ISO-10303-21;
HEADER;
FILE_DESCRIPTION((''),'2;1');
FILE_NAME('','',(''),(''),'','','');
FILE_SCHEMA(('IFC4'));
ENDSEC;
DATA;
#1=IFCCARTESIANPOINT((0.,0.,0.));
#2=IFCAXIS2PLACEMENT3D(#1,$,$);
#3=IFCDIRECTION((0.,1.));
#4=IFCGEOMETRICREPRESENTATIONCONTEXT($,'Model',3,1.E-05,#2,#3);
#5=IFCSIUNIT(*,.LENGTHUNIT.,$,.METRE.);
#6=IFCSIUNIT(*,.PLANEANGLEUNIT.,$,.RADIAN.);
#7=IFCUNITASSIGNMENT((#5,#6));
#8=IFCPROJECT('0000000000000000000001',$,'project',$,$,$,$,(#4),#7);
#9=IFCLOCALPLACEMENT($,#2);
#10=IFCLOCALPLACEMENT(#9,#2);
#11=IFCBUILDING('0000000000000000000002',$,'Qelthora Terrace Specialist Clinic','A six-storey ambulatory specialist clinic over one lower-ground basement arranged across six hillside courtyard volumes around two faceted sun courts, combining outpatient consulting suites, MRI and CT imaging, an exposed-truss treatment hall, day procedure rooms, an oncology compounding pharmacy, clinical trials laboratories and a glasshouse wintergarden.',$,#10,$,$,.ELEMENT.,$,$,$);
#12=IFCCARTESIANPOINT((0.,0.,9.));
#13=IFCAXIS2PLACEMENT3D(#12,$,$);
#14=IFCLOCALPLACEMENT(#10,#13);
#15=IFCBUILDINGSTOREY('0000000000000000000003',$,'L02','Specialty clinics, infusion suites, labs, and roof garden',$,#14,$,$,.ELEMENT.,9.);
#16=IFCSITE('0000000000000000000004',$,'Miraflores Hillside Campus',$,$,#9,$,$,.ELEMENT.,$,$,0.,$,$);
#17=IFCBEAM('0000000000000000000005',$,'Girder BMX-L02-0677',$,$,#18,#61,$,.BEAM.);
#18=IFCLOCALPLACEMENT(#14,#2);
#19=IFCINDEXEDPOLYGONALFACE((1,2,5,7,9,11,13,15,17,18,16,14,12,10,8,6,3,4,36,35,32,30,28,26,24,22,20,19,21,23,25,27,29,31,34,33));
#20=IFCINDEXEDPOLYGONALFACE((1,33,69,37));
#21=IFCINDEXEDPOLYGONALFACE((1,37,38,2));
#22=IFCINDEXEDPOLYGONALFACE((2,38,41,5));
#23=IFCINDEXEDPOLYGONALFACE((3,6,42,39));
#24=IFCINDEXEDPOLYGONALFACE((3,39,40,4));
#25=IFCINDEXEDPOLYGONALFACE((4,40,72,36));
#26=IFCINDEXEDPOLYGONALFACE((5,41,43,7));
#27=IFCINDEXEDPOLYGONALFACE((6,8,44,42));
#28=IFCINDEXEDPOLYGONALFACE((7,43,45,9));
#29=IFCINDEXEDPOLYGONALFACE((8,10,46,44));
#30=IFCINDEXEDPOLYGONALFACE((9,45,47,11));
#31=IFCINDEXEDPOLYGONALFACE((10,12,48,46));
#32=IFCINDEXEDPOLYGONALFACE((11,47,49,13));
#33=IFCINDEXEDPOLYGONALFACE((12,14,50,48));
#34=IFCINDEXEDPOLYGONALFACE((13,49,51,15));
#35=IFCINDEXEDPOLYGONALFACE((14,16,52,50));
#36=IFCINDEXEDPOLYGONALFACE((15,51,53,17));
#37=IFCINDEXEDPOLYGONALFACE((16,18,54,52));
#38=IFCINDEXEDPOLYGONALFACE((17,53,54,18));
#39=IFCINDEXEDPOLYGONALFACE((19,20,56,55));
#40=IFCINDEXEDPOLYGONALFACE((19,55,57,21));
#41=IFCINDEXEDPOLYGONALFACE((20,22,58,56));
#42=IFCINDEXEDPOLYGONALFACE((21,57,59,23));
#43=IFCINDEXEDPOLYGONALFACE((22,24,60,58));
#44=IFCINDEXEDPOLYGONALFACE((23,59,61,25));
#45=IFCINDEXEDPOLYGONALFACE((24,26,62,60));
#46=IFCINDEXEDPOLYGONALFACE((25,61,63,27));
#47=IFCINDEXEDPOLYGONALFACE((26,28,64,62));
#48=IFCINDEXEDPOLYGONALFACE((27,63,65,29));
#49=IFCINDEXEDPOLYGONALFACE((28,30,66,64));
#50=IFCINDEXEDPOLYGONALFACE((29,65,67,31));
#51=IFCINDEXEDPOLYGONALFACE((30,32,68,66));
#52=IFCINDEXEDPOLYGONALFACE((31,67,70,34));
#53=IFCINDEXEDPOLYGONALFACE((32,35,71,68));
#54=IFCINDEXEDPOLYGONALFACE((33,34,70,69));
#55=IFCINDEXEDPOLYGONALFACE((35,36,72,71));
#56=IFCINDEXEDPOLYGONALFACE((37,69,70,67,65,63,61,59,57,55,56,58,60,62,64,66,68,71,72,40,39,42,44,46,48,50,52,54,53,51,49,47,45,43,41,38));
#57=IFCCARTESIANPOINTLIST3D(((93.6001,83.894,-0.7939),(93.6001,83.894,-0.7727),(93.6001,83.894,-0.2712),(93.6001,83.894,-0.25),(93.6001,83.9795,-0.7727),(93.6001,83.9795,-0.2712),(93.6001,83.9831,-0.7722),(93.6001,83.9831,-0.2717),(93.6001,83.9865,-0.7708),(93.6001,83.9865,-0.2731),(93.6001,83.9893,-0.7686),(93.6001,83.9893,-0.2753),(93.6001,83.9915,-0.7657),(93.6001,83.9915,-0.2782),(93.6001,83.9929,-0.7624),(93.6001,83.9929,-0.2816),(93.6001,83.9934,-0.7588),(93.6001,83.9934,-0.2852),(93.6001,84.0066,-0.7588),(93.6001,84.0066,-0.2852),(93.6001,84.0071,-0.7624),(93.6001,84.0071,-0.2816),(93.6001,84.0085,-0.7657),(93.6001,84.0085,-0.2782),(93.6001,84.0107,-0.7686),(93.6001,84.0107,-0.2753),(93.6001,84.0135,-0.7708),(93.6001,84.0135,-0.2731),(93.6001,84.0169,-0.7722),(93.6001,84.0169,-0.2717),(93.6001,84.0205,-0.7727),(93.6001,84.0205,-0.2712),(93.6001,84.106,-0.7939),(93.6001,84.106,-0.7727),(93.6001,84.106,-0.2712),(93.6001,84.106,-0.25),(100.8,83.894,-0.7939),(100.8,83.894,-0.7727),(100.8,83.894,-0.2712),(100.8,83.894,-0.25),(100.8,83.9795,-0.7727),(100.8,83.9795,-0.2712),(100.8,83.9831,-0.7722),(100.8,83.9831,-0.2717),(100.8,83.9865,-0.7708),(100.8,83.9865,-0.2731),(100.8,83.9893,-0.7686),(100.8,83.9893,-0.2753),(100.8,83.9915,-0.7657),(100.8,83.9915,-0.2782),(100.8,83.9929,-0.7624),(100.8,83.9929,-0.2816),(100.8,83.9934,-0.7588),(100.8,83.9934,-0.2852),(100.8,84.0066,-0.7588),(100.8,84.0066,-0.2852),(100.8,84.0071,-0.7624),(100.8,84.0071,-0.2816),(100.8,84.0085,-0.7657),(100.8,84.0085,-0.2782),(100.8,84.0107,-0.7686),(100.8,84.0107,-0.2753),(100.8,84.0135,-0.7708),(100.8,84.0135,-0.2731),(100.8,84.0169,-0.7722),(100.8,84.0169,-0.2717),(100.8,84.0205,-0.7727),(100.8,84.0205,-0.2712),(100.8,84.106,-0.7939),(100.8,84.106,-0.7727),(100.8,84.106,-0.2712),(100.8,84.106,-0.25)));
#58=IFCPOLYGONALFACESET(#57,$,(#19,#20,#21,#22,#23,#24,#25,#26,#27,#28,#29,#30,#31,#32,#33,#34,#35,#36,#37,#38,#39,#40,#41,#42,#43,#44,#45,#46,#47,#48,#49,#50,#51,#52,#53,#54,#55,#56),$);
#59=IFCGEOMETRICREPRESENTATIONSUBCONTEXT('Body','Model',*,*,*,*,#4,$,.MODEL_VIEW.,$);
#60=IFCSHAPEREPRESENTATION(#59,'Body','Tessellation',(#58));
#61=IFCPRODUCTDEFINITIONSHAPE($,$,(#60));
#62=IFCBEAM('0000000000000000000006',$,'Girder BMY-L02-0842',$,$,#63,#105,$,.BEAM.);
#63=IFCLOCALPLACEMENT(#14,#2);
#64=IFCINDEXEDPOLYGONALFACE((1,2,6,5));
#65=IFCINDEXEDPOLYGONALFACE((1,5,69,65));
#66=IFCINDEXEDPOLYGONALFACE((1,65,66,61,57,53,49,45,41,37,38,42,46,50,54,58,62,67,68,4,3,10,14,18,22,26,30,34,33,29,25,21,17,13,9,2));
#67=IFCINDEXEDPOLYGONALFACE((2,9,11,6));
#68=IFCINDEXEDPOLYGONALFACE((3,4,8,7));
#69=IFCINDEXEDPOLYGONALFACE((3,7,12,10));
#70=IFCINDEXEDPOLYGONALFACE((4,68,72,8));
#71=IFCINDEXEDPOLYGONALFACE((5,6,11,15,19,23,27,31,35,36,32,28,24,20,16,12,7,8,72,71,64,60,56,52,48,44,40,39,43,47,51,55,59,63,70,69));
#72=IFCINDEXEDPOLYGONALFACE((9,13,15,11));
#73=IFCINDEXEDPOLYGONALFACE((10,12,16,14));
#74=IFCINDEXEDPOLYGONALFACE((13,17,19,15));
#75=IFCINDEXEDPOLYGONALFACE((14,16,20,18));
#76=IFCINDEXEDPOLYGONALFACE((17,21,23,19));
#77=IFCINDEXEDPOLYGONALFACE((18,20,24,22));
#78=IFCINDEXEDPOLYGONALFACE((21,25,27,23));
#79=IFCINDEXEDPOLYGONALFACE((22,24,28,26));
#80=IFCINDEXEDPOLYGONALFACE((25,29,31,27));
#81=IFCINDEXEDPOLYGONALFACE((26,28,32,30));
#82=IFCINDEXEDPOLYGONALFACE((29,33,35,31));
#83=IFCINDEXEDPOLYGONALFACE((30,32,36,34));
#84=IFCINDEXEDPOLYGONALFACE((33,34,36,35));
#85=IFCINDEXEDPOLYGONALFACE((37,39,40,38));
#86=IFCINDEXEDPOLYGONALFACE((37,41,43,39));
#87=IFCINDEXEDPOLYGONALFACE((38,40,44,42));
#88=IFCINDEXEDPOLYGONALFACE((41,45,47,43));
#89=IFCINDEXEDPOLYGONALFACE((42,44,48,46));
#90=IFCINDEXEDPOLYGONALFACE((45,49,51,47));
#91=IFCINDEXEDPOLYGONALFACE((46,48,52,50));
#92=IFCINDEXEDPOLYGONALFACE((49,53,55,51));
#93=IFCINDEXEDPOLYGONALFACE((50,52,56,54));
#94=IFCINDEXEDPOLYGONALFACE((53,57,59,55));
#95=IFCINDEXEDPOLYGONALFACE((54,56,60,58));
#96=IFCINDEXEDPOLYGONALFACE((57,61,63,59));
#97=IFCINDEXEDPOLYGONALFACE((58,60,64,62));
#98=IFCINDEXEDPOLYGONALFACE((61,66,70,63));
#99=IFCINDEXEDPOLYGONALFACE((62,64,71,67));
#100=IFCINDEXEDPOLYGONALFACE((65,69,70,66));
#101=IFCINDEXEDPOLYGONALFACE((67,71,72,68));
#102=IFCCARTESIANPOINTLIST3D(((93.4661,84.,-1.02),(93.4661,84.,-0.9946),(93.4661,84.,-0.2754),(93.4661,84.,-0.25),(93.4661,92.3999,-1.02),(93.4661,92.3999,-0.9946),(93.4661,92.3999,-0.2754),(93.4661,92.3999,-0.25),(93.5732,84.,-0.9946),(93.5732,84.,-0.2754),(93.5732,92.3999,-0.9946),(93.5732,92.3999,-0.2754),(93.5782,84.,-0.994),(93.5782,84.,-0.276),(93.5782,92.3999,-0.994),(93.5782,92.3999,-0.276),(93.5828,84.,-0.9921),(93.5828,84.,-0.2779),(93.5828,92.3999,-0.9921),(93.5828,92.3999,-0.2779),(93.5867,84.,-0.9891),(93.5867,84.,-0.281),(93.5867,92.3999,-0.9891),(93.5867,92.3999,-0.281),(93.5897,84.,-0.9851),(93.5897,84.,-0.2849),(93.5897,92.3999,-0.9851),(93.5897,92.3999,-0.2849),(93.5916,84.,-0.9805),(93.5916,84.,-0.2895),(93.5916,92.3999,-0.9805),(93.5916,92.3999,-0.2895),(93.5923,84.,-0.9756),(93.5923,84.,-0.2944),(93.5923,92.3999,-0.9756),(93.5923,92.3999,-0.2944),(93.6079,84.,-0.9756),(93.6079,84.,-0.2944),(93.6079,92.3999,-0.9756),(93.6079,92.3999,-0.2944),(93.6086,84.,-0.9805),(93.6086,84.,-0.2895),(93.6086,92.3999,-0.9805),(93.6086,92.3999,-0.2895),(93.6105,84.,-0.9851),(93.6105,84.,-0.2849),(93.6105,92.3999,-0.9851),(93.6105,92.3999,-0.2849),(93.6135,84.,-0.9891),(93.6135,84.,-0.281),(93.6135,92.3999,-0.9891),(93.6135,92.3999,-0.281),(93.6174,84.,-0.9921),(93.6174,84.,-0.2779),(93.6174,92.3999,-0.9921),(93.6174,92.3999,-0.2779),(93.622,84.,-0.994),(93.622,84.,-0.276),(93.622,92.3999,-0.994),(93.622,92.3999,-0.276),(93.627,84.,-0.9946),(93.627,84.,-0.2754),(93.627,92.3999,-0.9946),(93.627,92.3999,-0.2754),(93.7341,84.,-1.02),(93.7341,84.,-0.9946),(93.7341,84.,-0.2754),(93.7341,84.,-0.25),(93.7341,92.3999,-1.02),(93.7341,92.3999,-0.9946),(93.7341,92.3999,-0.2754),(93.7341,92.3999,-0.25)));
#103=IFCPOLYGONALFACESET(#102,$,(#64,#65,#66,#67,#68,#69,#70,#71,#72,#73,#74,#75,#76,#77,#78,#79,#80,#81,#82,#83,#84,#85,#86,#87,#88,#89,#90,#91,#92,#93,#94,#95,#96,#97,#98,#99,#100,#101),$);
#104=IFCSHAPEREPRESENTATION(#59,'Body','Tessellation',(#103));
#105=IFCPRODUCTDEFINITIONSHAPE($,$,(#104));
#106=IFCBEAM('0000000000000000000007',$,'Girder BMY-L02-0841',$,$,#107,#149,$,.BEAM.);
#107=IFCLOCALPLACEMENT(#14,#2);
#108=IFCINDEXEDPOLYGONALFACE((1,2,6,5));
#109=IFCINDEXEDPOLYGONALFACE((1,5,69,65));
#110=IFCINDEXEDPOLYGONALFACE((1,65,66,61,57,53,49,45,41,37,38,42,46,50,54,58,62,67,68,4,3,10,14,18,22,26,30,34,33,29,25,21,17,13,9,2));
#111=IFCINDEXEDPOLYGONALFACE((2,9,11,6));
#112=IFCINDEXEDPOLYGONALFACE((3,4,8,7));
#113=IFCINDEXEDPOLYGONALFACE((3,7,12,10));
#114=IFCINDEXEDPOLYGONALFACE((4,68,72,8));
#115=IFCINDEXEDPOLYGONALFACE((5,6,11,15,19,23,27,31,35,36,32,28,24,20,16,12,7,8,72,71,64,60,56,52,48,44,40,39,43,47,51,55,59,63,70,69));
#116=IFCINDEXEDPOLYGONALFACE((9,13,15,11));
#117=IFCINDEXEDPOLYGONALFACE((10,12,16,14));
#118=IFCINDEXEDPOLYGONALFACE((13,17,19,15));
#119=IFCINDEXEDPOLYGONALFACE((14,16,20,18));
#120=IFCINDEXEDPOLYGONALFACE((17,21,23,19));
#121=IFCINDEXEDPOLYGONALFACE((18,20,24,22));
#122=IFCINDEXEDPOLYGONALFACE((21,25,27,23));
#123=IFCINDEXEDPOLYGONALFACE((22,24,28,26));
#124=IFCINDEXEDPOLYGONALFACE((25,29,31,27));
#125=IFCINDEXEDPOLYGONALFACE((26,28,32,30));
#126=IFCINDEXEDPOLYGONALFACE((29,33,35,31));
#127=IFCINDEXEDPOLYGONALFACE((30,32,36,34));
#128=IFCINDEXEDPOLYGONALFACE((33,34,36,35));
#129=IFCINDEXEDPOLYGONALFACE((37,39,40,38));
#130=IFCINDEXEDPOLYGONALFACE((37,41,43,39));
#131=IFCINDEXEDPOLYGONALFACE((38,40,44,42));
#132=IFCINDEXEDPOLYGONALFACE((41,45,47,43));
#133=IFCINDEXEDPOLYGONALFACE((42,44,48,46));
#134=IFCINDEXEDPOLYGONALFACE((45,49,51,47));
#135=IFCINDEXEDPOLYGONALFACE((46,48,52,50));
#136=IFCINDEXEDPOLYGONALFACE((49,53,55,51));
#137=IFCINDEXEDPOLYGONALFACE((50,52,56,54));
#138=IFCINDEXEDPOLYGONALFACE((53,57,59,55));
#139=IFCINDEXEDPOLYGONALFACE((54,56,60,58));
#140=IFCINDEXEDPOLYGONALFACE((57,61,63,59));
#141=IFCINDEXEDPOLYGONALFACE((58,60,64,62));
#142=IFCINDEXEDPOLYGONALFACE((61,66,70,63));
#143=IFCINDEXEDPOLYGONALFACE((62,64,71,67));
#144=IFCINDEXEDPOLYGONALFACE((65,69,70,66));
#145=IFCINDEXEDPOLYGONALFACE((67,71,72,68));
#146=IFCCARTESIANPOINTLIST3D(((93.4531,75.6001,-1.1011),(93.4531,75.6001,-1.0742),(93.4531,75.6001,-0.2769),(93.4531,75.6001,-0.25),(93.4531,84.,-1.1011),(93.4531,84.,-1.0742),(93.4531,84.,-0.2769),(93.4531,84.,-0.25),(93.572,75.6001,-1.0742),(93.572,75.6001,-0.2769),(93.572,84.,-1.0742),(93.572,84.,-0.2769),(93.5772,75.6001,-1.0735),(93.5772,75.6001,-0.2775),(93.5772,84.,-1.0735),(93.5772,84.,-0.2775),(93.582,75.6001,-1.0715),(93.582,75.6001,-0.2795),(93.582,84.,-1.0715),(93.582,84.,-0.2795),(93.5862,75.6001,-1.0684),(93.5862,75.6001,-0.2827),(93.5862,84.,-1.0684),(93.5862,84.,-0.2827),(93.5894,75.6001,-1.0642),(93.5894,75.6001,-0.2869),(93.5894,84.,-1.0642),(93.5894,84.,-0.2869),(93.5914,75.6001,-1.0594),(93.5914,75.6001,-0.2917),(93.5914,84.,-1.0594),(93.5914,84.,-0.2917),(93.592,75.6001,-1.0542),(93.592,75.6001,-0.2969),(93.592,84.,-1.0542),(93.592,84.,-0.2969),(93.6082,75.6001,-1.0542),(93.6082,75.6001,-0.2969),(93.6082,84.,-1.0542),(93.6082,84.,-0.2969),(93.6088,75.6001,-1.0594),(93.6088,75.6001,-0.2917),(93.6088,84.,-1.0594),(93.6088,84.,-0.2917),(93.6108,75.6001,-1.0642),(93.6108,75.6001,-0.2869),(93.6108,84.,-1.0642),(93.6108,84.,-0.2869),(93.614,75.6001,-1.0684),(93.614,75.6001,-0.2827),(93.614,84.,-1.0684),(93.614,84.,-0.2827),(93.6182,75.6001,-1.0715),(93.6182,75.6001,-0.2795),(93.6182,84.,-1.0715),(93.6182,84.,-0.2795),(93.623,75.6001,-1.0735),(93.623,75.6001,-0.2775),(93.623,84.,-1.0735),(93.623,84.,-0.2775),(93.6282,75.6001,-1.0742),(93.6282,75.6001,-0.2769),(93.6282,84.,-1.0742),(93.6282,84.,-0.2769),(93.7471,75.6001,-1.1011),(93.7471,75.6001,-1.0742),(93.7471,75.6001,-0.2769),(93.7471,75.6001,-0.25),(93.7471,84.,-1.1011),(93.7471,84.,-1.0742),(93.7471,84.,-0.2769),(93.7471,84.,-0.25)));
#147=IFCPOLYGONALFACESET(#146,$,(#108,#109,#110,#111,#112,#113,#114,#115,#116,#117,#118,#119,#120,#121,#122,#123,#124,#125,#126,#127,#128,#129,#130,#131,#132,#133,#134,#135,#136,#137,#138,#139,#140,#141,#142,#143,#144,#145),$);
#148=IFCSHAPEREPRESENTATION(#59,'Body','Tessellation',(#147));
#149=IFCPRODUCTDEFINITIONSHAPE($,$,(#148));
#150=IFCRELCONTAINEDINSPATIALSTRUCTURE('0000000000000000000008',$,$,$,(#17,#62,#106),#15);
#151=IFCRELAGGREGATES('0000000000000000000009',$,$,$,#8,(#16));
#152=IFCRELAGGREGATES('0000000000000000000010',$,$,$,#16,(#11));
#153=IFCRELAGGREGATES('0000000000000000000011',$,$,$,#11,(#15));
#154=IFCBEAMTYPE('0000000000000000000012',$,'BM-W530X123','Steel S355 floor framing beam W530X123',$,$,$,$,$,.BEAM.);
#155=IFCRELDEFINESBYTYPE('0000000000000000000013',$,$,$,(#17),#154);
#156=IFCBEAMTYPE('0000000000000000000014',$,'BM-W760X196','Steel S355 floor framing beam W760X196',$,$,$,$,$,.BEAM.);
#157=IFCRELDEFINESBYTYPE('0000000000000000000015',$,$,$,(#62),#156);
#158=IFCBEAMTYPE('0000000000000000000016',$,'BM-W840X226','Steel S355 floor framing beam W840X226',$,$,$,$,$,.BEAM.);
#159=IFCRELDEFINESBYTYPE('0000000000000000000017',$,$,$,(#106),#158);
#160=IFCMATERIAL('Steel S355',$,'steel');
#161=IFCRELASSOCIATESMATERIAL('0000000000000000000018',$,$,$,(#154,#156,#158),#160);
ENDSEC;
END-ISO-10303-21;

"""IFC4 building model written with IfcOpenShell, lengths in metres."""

from ifc_helpers import new_model, si_unit, direction, frame, origin, origin_2d, place, context, subcontext, project, spatial, i_section, extrude, material, material_profile, profile_set, type_object, element, save


model = new_model("IFC4")

# Units and contexts
model_context = context("Model", 3, precision=1e-05, world=origin(), true_north=direction((0.0, 1.0)))
body_context = subcontext(model_context, "Body", "Model", "MODEL_VIEW")
ifc_project = project(units=[si_unit("LENGTHUNIT", "METRE"), si_unit("PLANEANGLEUNIT", "RADIAN")], contexts=[model_context])

# Site, building, storey
site_placement = place(None, origin())
site = spatial("IfcSite", under=ifc_project, at=site_placement, Name="Miraflores Hillside Campus", CompositionType="ELEMENT", RefElevation=0.0)
building_placement = place(site_placement, origin())
building = spatial("IfcBuilding", under=site, at=building_placement, Name="Qelthora Terrace Specialist Clinic", Description="A six-storey ambulatory specialist clinic over one lower-ground basement arranged across six hillside courtyard volumes around two faceted sun courts, combining outpatient consulting suites, MRI and CT imaging, an exposed-truss treatment hall, day procedure rooms, an oncology compounding pharmacy, clinical trials laboratories and a glasshouse wintergarden.", CompositionType="ELEMENT")
storey_placement = place(building_placement, frame((0.0, 0.0, 9.0)))
storey = spatial("IfcBuildingStorey", under=building, at=storey_placement, Name="L02", Description="Specialty clinics, infusion suites, labs, and roof garden", CompositionType="ELEMENT", Elevation=9.0)

# Shared definitions
ifc_material_1 = material(Name="Steel S355", Category="steel")

# Beams
ifc_material_profile_1 = material_profile(ifc_material_1, i_section(OverallWidth=0.2119, OverallDepth=0.5439, WebThickness=0.0132, FlangeThickness=0.0212, FilletRadius=0.0139, at=origin_2d()), Name="W530X123")
ifc_profile_set_1 = profile_set([ifc_material_profile_1], Name="Steel S355")
beam_type_1 = type_object("IfcBeamType", Name="BM-W530X123", Description="Steel S355 floor framing beam W530X123", PredefinedType="BEAM", material=ifc_profile_set_1)
beam_1_placement = place(storey_placement, frame((93.6001, 84.0, -0.522), z_axis=(1.0, 0.0, 0.0), x_axis=(0.0, 1.0, 0.0)))
element("IfcBeam", 1, at=beam_1_placement, inside=storey, type_object=beam_type_1, Name="Girder BMX-L02-0677", PredefinedType="BEAM", context=body_context, shape_type="SweptSolid", body=[
    extrude(i_section(OverallWidth=0.2119, OverallDepth=0.5439, WebThickness=0.0132, FlangeThickness=0.0212, FilletRadius=0.0139, at=origin_2d()), origin(), (0.0, 0.0, 1.0), 7.2),
])
ifc_material_profile_2 = material_profile(ifc_material_1, i_section(OverallWidth=0.2681, OverallDepth=0.77, WebThickness=0.0156, FlangeThickness=0.0254, FilletRadius=0.019, at=origin_2d()), Name="W760X196")
ifc_profile_set_2 = profile_set([ifc_material_profile_2], Name="Steel S355")
beam_type_2 = type_object("IfcBeamType", Name="BM-W760X196", Description="Steel S355 floor framing beam W760X196", PredefinedType="BEAM", material=ifc_profile_set_2)
beam_2_placement = place(storey_placement, frame((93.6001, 84.0, -0.635), z_axis=(0.0, 1.0, 0.0), x_axis=(-1.0, 0.0, 0.0)))
element("IfcBeam", 2, at=beam_2_placement, inside=storey, type_object=beam_type_2, Name="Girder BMY-L02-0842", PredefinedType="BEAM", context=body_context, shape_type="SweptSolid", body=[
    extrude(i_section(OverallWidth=0.2681, OverallDepth=0.77, WebThickness=0.0156, FlangeThickness=0.0254, FilletRadius=0.019, at=origin_2d()), origin(), (0.0, 0.0, 1.0), 8.3999),
])
ifc_material_profile_3 = material_profile(ifc_material_1, i_section(OverallWidth=0.2939, OverallDepth=0.8511, WebThickness=0.0161, FlangeThickness=0.0269, FilletRadius=0.02, at=origin_2d()), Name="W840X226")
ifc_profile_set_3 = profile_set([ifc_material_profile_3], Name="Steel S355")
beam_type_3 = type_object("IfcBeamType", Name="BM-W840X226", Description="Steel S355 floor framing beam W840X226", PredefinedType="BEAM", material=ifc_profile_set_3)
beam_3_placement = place(storey_placement, frame((93.6001, 75.6001, -0.6755), z_axis=(0.0, 1.0, 0.0), x_axis=(-1.0, 0.0, 0.0)))
element("IfcBeam", 3, at=beam_3_placement, inside=storey, type_object=beam_type_3, Name="Girder BMY-L02-0841", PredefinedType="BEAM", context=body_context, shape_type="SweptSolid", body=[
    extrude(i_section(OverallWidth=0.2939, OverallDepth=0.8511, WebThickness=0.0161, FlangeThickness=0.0269, FilletRadius=0.02, at=origin_2d()), origin(), (0.0, 0.0, 1.0), 8.3999),
])

save(model, "model.ifc")
